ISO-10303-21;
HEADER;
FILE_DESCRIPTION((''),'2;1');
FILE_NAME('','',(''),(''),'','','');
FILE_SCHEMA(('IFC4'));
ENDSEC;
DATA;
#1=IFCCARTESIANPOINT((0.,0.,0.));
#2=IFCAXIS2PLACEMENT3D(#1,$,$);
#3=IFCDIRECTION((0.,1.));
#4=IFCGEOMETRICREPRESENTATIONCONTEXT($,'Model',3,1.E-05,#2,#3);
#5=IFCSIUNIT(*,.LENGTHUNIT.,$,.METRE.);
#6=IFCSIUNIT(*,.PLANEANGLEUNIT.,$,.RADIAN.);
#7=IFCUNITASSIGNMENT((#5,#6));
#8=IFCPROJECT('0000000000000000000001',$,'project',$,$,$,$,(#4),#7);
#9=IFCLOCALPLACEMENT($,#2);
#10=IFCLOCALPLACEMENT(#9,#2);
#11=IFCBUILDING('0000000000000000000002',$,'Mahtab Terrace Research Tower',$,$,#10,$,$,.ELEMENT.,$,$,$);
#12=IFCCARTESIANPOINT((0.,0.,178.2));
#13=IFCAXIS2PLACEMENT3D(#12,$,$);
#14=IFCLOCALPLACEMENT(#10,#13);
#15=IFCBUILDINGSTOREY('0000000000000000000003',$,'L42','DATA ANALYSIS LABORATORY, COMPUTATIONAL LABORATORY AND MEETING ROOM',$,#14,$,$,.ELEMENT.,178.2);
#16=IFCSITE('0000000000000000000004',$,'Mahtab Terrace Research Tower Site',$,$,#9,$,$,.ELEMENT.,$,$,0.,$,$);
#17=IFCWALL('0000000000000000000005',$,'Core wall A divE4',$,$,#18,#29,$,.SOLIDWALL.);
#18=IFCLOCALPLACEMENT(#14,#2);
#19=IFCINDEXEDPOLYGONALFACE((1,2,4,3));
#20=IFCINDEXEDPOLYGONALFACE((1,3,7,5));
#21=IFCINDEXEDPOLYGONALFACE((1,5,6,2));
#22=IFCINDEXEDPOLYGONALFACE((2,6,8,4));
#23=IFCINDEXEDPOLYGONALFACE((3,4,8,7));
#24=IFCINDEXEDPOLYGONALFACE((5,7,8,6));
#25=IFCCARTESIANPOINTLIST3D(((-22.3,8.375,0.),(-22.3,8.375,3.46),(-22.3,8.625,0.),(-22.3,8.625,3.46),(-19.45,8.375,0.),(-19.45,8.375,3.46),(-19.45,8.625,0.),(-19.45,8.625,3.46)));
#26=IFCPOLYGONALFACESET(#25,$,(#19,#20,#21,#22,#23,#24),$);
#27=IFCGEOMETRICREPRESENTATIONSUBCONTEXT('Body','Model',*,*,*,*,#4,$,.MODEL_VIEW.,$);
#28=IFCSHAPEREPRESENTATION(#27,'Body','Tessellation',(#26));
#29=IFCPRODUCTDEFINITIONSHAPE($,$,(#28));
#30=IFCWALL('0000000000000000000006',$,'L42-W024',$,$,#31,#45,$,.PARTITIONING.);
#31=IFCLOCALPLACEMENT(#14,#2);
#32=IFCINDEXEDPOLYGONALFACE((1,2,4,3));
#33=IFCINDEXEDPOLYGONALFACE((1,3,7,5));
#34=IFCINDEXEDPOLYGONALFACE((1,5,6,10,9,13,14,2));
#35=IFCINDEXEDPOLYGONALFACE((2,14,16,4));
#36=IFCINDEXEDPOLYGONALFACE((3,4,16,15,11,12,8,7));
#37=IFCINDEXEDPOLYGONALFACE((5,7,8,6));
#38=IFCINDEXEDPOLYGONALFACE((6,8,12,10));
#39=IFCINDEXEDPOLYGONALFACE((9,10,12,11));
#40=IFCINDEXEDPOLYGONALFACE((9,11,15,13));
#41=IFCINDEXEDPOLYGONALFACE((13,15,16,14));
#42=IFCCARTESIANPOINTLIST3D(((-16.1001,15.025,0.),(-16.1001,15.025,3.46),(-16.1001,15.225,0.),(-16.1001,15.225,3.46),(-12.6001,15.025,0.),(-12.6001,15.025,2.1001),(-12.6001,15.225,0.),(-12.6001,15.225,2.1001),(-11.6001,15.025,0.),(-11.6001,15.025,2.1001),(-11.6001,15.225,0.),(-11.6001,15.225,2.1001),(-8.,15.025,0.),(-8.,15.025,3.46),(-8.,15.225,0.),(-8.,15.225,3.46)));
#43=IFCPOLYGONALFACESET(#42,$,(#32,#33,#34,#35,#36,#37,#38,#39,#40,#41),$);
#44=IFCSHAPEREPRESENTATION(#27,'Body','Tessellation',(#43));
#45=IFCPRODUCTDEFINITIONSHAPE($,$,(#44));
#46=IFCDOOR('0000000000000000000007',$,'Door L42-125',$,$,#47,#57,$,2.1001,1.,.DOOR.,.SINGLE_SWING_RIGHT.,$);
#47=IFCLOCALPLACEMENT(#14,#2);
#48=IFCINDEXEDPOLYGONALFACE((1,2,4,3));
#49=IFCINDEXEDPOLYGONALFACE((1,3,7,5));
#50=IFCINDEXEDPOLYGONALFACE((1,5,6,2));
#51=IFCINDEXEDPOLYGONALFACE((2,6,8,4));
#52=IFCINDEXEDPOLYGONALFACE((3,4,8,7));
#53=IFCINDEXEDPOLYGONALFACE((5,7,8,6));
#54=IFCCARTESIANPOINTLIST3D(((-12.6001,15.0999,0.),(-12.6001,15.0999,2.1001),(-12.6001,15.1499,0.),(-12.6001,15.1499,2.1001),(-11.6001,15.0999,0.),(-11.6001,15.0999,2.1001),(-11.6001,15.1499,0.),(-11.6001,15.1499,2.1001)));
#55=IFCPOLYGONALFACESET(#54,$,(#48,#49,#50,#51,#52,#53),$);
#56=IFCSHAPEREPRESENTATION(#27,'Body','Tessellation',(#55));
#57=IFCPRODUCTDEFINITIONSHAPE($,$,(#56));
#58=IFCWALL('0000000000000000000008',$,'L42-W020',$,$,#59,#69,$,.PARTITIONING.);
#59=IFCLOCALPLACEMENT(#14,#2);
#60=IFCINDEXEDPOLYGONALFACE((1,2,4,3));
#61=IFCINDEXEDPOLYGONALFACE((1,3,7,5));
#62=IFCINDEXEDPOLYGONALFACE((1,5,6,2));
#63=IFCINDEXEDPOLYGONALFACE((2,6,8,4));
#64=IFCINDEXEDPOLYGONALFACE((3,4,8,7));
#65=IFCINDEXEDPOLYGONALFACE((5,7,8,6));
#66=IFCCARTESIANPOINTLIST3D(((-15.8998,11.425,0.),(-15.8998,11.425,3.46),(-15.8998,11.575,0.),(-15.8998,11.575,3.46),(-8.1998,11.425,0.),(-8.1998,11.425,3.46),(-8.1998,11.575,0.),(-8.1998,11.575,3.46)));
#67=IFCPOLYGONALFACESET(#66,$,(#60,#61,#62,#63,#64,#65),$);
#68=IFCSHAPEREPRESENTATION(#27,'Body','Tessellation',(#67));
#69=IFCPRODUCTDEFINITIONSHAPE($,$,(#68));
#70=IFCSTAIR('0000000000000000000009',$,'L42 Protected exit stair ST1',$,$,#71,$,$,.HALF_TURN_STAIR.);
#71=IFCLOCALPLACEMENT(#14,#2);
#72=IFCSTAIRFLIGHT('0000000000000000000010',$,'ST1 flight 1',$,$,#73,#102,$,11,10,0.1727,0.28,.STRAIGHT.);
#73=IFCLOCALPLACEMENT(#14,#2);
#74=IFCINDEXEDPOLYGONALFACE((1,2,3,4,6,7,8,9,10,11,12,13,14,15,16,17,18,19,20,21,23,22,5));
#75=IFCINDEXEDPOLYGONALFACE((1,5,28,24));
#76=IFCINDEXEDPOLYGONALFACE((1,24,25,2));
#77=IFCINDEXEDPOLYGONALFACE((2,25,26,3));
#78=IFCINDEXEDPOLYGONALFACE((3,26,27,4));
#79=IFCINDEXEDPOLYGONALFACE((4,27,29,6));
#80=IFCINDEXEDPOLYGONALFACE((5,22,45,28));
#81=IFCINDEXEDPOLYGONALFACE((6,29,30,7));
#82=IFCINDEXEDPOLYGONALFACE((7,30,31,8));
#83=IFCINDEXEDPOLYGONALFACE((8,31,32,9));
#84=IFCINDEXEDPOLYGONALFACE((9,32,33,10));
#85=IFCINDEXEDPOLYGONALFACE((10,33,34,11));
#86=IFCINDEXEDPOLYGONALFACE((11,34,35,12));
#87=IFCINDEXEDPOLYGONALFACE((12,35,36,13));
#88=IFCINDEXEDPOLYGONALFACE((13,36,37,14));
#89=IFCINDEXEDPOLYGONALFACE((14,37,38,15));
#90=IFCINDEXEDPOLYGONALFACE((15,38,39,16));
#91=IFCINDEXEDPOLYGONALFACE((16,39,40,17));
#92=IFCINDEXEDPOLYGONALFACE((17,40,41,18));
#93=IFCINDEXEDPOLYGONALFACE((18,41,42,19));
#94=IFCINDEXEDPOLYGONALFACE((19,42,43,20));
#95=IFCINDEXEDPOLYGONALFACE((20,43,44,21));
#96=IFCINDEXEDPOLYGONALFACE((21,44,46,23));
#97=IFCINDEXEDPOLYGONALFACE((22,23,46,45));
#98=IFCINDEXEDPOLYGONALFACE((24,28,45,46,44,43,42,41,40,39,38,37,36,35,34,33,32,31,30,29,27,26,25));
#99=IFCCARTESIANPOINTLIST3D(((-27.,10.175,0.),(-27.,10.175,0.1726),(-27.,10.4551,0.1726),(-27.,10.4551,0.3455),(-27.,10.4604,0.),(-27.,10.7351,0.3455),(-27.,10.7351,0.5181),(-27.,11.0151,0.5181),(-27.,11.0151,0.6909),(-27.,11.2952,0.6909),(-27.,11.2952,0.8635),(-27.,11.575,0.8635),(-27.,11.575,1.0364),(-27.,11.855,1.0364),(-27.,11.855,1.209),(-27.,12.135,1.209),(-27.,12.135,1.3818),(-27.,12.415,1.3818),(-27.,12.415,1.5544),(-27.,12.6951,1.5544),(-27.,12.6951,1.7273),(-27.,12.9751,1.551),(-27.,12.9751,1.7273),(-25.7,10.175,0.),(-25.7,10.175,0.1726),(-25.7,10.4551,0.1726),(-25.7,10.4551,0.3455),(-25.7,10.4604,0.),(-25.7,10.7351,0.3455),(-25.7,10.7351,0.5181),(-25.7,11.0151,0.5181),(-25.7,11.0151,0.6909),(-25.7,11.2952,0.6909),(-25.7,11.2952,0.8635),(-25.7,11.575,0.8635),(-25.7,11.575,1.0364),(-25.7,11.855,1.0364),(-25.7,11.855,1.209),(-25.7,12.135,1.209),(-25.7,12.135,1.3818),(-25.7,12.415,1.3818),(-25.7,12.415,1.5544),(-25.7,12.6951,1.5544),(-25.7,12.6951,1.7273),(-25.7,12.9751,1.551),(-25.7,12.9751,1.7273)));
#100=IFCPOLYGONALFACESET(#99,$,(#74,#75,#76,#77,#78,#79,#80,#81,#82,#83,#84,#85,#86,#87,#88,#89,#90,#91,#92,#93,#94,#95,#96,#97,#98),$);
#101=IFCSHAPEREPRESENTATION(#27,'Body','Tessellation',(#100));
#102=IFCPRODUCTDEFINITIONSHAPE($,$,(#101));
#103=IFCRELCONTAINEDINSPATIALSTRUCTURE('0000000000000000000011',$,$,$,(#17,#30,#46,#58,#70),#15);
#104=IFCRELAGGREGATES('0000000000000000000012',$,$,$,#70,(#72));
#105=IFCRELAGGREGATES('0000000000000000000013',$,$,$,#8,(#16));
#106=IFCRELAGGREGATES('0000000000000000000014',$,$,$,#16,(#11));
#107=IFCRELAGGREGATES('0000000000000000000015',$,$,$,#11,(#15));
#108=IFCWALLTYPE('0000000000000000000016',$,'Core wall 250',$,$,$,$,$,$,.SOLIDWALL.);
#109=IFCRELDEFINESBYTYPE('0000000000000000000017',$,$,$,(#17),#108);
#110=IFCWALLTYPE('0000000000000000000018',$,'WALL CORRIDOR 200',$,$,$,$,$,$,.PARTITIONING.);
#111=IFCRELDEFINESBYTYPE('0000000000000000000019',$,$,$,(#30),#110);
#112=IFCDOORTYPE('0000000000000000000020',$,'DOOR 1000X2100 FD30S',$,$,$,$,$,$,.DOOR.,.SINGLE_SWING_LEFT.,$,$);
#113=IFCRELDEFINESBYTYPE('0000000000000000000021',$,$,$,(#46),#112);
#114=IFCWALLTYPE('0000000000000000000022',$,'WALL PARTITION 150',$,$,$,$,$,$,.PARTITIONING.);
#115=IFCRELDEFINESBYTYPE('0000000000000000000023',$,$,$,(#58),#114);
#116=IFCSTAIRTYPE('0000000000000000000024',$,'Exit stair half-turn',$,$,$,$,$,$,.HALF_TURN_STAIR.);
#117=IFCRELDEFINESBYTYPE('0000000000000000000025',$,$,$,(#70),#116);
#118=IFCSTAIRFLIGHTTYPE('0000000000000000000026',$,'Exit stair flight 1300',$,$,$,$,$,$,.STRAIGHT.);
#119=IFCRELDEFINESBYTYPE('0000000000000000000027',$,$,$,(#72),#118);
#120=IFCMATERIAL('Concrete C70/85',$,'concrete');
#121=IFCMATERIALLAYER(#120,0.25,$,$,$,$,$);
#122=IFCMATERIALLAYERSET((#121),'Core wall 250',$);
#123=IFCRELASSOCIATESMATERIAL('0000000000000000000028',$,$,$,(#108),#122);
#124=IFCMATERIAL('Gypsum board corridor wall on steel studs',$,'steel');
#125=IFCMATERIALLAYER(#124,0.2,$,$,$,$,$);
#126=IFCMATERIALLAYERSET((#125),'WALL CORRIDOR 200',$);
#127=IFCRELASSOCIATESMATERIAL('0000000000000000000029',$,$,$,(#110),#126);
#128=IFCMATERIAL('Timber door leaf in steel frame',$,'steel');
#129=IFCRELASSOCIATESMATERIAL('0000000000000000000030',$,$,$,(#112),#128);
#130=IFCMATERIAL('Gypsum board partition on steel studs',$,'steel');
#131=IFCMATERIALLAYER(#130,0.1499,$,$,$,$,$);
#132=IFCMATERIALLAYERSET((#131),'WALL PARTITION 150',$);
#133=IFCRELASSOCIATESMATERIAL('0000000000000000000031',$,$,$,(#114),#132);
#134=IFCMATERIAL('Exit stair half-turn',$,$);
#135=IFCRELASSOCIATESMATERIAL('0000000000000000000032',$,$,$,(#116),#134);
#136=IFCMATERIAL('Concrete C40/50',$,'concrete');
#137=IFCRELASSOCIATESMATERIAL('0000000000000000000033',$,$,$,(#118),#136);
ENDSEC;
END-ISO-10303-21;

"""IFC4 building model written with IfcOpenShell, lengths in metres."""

from ifc_helpers import new_model, si_unit, direction, frame, frame_2d, origin, place, context, subcontext, project, spatial, polyline, rectangle, outline, extrude, material, layer, layer_set, type_object, element, fill, aggregate, save


model = new_model("IFC4")

# Units and contexts
model_context = context("Model", 3, precision=1e-05, world=origin(), true_north=direction((0.0, 1.0)))
body_context = subcontext(model_context, "Body", "Model", "MODEL_VIEW")
ifc_project = project(units=[si_unit("LENGTHUNIT", "METRE"), si_unit("PLANEANGLEUNIT", "RADIAN")], contexts=[model_context])

# Site, building, storey
site_placement = place(None, origin())
site = spatial("IfcSite", under=ifc_project, at=site_placement, Name="Mahtab Terrace Research Tower Site", CompositionType="ELEMENT", RefElevation=0.0)
building_placement = place(site_placement, origin())
building = spatial("IfcBuilding", under=site, at=building_placement, Name="Mahtab Terrace Research Tower", CompositionType="ELEMENT")
storey_placement = place(building_placement, frame((0.0, 0.0, 178.2)))
storey = spatial("IfcBuildingStorey", under=building, at=storey_placement, Name="L42", Description="DATA ANALYSIS LABORATORY, COMPUTATIONAL LABORATORY AND MEETING ROOM", CompositionType="ELEMENT", Elevation=178.2)

# Shared definitions
ifc_material_1 = material(Name="Concrete C70/85", Category="concrete")

# Shared definitions
ifc_layer_1 = layer(ifc_material_1, 0.25)
ifc_layer_set_1 = layer_set([ifc_layer_1], Name="Core wall 250")
wall_type_1 = type_object("IfcWallType", Name="Core wall 250", PredefinedType="SOLIDWALL", material=ifc_layer_set_1)

# Wall
wall_1_placement = place(storey_placement, frame((-22.3, 8.5, 0.0), z_axis=(0.0, 0.0, 1.0), x_axis=(1.0, 0.0, 0.0)))
element("IfcWall", 1, at=wall_1_placement, inside=storey, type_object=wall_type_1, Name="Core wall A divE4", PredefinedType="SOLIDWALL", context=body_context, shape_type="SweptSolid", body=[
    extrude(rectangle(XDim=2.8501, YDim=0.25, at=frame_2d((1.425, 0.0))), origin(), (0.0, 0.0, 1.0), 3.46),
])

# Wall, opening, door
ifc_material_2 = material(Name="Gypsum board corridor wall on steel studs", Category="steel")
ifc_layer_2 = layer(ifc_material_2, 0.2)
ifc_layer_set_2 = layer_set([ifc_layer_2], Name="WALL CORRIDOR 200")
wall_type_2 = type_object("IfcWallType", Name="WALL CORRIDOR 200", PredefinedType="PARTITIONING", material=ifc_layer_set_2)
wall_2_placement = place(storey_placement, frame((-16.1001, 15.125, 0.0), z_axis=(0.0, 0.0, 1.0), x_axis=(1.0, 0.0, 0.0)))
wall_2 = element("IfcWall", 2, at=wall_2_placement, inside=storey, type_object=wall_type_2, Name="L42-W024", PredefinedType="PARTITIONING", context=body_context, shape_type="SweptSolid", body=[
    extrude(rectangle(XDim=8.1001, YDim=0.2, at=frame_2d((4.05, 0.0))), origin(), (0.0, 0.0, 1.0), 3.46),
])
opening_1_placement = place(wall_2_placement, frame((3.5, 0.0, 0.0)))
opening_1 = element("IfcOpeningElement", 3, at=opening_1_placement, cuts=wall_2, PredefinedType="OPENING", context=body_context, shape_type="SweptSolid", body=[
    extrude(rectangle(XDim=1.0, YDim=2.1001, at=frame_2d((0.5, 1.05))), frame((0.0, 0.1099, 0.0), z_axis=(0.0, -1.0, 0.0), x_axis=(1.0, 0.0, 0.0)), (0.0, 0.0, 1.0), 0.22),
])
ifc_material_3 = material(Name="Timber door leaf in steel frame", Category="steel")
door_type_1 = type_object("IfcDoorType", Name="DOOR 1000X2100 FD30S", OperationType="SINGLE_SWING_LEFT", PredefinedType="DOOR", material=ifc_material_3)
door_1_placement = place(opening_1_placement, origin())
door_1 = element("IfcDoor", 4, at=door_1_placement, inside=storey, type_object=door_type_1, Name="Door L42-125", OperationType="SINGLE_SWING_RIGHT", OverallHeight=2.1001, OverallWidth=1.0, PredefinedType="DOOR", context=body_context, shape_type="SweptSolid", body=[
    extrude(rectangle(XDim=1.0, YDim=2.1001, at=frame_2d((0.5, 1.05))), frame((0.0, 0.0249, 0.0), z_axis=(0.0, -1.0, 0.0), x_axis=(1.0, 0.0, 0.0)), (0.0, 0.0, 1.0), 0.05),
])
fill(opening_1, door_1)

# Wall
ifc_material_4 = material(Name="Gypsum board partition on steel studs", Category="steel")
ifc_layer_3 = layer(ifc_material_4, 0.1499)
ifc_layer_set_3 = layer_set([ifc_layer_3], Name="WALL PARTITION 150")
wall_type_3 = type_object("IfcWallType", Name="WALL PARTITION 150", PredefinedType="PARTITIONING", material=ifc_layer_set_3)
wall_3_placement = place(storey_placement, frame((-15.8999, 11.5, 0.0), z_axis=(0.0, 0.0, 1.0), x_axis=(1.0, 0.0, 0.0)))
element("IfcWall", 5, at=wall_3_placement, inside=storey, type_object=wall_type_3, Name="L42-W020", PredefinedType="PARTITIONING", context=body_context, shape_type="SweptSolid", body=[
    extrude(rectangle(XDim=7.7, YDim=0.1499, at=frame_2d((3.8501, 0.0))), origin(), (0.0, 0.0, 1.0), 3.46),
])

# Stair, stair flight
ifc_material_5 = material(Name="Exit stair half-turn")
stair_type = type_object("IfcStairType", Name="Exit stair half-turn", PredefinedType="HALF_TURN_STAIR", material=ifc_material_5)
stair_placement = place(storey_placement, origin())
stair = element("IfcStair", 6, at=stair_placement, inside=storey, type_object=stair_type, Name="L42 Protected exit stair ST1", PredefinedType="HALF_TURN_STAIR")
ifc_material_6 = material(Name="Concrete C40/50", Category="concrete")
stair_flight_type = type_object("IfcStairFlightType", Name="Exit stair flight 1300", PredefinedType="STRAIGHT", material=ifc_material_6)
stair_flight_placement = place(storey_placement, frame((-26.3501, 10.175, 0.0), z_axis=(0.0, 0.0, 1.0), x_axis=(0.0, 1.0, 0.0)))
stair_flight = element("IfcStairFlight", 7, at=stair_flight_placement, type_object=stair_flight_type, Name="ST1 flight 1", NumberOfRisers=11, NumberOfTreads=10, PredefinedType="STRAIGHT", RiserHeight=0.1727, TreadLength=0.28, context=body_context, shape_type="SweptSolid", body=[
    extrude(outline(polyline([(0.0, 0.0), (0.0, 0.1726), (0.28, 0.1726), (0.28, 0.3455), (0.5601, 0.3455), (0.5601, 0.5181), (0.8401, 0.5181), (0.8401, 0.6909), (1.1201, 0.6909), (1.1201, 0.8635), (1.3999, 0.8635), (1.3999, 1.0364), (1.6799, 1.0364), (1.6799, 1.209), (1.96, 1.209), (1.96, 1.3818), (2.24, 1.3818), (2.24, 1.5544), (2.52, 1.5544), (2.52, 1.7273), (2.8, 1.7273), (2.8, 1.8999), (2.8, 1.551), (0.2854, 0.0), (0.0, 0.0)])), frame((0.0, 0.6499, 0.0), z_axis=(0.0, -1.0, 0.0), x_axis=(1.0, 0.0, 0.0)), (0.0, 0.0, 1.0), 1.3),
])
aggregate(stair, [stair_flight])

save(model, "model.ifc")
